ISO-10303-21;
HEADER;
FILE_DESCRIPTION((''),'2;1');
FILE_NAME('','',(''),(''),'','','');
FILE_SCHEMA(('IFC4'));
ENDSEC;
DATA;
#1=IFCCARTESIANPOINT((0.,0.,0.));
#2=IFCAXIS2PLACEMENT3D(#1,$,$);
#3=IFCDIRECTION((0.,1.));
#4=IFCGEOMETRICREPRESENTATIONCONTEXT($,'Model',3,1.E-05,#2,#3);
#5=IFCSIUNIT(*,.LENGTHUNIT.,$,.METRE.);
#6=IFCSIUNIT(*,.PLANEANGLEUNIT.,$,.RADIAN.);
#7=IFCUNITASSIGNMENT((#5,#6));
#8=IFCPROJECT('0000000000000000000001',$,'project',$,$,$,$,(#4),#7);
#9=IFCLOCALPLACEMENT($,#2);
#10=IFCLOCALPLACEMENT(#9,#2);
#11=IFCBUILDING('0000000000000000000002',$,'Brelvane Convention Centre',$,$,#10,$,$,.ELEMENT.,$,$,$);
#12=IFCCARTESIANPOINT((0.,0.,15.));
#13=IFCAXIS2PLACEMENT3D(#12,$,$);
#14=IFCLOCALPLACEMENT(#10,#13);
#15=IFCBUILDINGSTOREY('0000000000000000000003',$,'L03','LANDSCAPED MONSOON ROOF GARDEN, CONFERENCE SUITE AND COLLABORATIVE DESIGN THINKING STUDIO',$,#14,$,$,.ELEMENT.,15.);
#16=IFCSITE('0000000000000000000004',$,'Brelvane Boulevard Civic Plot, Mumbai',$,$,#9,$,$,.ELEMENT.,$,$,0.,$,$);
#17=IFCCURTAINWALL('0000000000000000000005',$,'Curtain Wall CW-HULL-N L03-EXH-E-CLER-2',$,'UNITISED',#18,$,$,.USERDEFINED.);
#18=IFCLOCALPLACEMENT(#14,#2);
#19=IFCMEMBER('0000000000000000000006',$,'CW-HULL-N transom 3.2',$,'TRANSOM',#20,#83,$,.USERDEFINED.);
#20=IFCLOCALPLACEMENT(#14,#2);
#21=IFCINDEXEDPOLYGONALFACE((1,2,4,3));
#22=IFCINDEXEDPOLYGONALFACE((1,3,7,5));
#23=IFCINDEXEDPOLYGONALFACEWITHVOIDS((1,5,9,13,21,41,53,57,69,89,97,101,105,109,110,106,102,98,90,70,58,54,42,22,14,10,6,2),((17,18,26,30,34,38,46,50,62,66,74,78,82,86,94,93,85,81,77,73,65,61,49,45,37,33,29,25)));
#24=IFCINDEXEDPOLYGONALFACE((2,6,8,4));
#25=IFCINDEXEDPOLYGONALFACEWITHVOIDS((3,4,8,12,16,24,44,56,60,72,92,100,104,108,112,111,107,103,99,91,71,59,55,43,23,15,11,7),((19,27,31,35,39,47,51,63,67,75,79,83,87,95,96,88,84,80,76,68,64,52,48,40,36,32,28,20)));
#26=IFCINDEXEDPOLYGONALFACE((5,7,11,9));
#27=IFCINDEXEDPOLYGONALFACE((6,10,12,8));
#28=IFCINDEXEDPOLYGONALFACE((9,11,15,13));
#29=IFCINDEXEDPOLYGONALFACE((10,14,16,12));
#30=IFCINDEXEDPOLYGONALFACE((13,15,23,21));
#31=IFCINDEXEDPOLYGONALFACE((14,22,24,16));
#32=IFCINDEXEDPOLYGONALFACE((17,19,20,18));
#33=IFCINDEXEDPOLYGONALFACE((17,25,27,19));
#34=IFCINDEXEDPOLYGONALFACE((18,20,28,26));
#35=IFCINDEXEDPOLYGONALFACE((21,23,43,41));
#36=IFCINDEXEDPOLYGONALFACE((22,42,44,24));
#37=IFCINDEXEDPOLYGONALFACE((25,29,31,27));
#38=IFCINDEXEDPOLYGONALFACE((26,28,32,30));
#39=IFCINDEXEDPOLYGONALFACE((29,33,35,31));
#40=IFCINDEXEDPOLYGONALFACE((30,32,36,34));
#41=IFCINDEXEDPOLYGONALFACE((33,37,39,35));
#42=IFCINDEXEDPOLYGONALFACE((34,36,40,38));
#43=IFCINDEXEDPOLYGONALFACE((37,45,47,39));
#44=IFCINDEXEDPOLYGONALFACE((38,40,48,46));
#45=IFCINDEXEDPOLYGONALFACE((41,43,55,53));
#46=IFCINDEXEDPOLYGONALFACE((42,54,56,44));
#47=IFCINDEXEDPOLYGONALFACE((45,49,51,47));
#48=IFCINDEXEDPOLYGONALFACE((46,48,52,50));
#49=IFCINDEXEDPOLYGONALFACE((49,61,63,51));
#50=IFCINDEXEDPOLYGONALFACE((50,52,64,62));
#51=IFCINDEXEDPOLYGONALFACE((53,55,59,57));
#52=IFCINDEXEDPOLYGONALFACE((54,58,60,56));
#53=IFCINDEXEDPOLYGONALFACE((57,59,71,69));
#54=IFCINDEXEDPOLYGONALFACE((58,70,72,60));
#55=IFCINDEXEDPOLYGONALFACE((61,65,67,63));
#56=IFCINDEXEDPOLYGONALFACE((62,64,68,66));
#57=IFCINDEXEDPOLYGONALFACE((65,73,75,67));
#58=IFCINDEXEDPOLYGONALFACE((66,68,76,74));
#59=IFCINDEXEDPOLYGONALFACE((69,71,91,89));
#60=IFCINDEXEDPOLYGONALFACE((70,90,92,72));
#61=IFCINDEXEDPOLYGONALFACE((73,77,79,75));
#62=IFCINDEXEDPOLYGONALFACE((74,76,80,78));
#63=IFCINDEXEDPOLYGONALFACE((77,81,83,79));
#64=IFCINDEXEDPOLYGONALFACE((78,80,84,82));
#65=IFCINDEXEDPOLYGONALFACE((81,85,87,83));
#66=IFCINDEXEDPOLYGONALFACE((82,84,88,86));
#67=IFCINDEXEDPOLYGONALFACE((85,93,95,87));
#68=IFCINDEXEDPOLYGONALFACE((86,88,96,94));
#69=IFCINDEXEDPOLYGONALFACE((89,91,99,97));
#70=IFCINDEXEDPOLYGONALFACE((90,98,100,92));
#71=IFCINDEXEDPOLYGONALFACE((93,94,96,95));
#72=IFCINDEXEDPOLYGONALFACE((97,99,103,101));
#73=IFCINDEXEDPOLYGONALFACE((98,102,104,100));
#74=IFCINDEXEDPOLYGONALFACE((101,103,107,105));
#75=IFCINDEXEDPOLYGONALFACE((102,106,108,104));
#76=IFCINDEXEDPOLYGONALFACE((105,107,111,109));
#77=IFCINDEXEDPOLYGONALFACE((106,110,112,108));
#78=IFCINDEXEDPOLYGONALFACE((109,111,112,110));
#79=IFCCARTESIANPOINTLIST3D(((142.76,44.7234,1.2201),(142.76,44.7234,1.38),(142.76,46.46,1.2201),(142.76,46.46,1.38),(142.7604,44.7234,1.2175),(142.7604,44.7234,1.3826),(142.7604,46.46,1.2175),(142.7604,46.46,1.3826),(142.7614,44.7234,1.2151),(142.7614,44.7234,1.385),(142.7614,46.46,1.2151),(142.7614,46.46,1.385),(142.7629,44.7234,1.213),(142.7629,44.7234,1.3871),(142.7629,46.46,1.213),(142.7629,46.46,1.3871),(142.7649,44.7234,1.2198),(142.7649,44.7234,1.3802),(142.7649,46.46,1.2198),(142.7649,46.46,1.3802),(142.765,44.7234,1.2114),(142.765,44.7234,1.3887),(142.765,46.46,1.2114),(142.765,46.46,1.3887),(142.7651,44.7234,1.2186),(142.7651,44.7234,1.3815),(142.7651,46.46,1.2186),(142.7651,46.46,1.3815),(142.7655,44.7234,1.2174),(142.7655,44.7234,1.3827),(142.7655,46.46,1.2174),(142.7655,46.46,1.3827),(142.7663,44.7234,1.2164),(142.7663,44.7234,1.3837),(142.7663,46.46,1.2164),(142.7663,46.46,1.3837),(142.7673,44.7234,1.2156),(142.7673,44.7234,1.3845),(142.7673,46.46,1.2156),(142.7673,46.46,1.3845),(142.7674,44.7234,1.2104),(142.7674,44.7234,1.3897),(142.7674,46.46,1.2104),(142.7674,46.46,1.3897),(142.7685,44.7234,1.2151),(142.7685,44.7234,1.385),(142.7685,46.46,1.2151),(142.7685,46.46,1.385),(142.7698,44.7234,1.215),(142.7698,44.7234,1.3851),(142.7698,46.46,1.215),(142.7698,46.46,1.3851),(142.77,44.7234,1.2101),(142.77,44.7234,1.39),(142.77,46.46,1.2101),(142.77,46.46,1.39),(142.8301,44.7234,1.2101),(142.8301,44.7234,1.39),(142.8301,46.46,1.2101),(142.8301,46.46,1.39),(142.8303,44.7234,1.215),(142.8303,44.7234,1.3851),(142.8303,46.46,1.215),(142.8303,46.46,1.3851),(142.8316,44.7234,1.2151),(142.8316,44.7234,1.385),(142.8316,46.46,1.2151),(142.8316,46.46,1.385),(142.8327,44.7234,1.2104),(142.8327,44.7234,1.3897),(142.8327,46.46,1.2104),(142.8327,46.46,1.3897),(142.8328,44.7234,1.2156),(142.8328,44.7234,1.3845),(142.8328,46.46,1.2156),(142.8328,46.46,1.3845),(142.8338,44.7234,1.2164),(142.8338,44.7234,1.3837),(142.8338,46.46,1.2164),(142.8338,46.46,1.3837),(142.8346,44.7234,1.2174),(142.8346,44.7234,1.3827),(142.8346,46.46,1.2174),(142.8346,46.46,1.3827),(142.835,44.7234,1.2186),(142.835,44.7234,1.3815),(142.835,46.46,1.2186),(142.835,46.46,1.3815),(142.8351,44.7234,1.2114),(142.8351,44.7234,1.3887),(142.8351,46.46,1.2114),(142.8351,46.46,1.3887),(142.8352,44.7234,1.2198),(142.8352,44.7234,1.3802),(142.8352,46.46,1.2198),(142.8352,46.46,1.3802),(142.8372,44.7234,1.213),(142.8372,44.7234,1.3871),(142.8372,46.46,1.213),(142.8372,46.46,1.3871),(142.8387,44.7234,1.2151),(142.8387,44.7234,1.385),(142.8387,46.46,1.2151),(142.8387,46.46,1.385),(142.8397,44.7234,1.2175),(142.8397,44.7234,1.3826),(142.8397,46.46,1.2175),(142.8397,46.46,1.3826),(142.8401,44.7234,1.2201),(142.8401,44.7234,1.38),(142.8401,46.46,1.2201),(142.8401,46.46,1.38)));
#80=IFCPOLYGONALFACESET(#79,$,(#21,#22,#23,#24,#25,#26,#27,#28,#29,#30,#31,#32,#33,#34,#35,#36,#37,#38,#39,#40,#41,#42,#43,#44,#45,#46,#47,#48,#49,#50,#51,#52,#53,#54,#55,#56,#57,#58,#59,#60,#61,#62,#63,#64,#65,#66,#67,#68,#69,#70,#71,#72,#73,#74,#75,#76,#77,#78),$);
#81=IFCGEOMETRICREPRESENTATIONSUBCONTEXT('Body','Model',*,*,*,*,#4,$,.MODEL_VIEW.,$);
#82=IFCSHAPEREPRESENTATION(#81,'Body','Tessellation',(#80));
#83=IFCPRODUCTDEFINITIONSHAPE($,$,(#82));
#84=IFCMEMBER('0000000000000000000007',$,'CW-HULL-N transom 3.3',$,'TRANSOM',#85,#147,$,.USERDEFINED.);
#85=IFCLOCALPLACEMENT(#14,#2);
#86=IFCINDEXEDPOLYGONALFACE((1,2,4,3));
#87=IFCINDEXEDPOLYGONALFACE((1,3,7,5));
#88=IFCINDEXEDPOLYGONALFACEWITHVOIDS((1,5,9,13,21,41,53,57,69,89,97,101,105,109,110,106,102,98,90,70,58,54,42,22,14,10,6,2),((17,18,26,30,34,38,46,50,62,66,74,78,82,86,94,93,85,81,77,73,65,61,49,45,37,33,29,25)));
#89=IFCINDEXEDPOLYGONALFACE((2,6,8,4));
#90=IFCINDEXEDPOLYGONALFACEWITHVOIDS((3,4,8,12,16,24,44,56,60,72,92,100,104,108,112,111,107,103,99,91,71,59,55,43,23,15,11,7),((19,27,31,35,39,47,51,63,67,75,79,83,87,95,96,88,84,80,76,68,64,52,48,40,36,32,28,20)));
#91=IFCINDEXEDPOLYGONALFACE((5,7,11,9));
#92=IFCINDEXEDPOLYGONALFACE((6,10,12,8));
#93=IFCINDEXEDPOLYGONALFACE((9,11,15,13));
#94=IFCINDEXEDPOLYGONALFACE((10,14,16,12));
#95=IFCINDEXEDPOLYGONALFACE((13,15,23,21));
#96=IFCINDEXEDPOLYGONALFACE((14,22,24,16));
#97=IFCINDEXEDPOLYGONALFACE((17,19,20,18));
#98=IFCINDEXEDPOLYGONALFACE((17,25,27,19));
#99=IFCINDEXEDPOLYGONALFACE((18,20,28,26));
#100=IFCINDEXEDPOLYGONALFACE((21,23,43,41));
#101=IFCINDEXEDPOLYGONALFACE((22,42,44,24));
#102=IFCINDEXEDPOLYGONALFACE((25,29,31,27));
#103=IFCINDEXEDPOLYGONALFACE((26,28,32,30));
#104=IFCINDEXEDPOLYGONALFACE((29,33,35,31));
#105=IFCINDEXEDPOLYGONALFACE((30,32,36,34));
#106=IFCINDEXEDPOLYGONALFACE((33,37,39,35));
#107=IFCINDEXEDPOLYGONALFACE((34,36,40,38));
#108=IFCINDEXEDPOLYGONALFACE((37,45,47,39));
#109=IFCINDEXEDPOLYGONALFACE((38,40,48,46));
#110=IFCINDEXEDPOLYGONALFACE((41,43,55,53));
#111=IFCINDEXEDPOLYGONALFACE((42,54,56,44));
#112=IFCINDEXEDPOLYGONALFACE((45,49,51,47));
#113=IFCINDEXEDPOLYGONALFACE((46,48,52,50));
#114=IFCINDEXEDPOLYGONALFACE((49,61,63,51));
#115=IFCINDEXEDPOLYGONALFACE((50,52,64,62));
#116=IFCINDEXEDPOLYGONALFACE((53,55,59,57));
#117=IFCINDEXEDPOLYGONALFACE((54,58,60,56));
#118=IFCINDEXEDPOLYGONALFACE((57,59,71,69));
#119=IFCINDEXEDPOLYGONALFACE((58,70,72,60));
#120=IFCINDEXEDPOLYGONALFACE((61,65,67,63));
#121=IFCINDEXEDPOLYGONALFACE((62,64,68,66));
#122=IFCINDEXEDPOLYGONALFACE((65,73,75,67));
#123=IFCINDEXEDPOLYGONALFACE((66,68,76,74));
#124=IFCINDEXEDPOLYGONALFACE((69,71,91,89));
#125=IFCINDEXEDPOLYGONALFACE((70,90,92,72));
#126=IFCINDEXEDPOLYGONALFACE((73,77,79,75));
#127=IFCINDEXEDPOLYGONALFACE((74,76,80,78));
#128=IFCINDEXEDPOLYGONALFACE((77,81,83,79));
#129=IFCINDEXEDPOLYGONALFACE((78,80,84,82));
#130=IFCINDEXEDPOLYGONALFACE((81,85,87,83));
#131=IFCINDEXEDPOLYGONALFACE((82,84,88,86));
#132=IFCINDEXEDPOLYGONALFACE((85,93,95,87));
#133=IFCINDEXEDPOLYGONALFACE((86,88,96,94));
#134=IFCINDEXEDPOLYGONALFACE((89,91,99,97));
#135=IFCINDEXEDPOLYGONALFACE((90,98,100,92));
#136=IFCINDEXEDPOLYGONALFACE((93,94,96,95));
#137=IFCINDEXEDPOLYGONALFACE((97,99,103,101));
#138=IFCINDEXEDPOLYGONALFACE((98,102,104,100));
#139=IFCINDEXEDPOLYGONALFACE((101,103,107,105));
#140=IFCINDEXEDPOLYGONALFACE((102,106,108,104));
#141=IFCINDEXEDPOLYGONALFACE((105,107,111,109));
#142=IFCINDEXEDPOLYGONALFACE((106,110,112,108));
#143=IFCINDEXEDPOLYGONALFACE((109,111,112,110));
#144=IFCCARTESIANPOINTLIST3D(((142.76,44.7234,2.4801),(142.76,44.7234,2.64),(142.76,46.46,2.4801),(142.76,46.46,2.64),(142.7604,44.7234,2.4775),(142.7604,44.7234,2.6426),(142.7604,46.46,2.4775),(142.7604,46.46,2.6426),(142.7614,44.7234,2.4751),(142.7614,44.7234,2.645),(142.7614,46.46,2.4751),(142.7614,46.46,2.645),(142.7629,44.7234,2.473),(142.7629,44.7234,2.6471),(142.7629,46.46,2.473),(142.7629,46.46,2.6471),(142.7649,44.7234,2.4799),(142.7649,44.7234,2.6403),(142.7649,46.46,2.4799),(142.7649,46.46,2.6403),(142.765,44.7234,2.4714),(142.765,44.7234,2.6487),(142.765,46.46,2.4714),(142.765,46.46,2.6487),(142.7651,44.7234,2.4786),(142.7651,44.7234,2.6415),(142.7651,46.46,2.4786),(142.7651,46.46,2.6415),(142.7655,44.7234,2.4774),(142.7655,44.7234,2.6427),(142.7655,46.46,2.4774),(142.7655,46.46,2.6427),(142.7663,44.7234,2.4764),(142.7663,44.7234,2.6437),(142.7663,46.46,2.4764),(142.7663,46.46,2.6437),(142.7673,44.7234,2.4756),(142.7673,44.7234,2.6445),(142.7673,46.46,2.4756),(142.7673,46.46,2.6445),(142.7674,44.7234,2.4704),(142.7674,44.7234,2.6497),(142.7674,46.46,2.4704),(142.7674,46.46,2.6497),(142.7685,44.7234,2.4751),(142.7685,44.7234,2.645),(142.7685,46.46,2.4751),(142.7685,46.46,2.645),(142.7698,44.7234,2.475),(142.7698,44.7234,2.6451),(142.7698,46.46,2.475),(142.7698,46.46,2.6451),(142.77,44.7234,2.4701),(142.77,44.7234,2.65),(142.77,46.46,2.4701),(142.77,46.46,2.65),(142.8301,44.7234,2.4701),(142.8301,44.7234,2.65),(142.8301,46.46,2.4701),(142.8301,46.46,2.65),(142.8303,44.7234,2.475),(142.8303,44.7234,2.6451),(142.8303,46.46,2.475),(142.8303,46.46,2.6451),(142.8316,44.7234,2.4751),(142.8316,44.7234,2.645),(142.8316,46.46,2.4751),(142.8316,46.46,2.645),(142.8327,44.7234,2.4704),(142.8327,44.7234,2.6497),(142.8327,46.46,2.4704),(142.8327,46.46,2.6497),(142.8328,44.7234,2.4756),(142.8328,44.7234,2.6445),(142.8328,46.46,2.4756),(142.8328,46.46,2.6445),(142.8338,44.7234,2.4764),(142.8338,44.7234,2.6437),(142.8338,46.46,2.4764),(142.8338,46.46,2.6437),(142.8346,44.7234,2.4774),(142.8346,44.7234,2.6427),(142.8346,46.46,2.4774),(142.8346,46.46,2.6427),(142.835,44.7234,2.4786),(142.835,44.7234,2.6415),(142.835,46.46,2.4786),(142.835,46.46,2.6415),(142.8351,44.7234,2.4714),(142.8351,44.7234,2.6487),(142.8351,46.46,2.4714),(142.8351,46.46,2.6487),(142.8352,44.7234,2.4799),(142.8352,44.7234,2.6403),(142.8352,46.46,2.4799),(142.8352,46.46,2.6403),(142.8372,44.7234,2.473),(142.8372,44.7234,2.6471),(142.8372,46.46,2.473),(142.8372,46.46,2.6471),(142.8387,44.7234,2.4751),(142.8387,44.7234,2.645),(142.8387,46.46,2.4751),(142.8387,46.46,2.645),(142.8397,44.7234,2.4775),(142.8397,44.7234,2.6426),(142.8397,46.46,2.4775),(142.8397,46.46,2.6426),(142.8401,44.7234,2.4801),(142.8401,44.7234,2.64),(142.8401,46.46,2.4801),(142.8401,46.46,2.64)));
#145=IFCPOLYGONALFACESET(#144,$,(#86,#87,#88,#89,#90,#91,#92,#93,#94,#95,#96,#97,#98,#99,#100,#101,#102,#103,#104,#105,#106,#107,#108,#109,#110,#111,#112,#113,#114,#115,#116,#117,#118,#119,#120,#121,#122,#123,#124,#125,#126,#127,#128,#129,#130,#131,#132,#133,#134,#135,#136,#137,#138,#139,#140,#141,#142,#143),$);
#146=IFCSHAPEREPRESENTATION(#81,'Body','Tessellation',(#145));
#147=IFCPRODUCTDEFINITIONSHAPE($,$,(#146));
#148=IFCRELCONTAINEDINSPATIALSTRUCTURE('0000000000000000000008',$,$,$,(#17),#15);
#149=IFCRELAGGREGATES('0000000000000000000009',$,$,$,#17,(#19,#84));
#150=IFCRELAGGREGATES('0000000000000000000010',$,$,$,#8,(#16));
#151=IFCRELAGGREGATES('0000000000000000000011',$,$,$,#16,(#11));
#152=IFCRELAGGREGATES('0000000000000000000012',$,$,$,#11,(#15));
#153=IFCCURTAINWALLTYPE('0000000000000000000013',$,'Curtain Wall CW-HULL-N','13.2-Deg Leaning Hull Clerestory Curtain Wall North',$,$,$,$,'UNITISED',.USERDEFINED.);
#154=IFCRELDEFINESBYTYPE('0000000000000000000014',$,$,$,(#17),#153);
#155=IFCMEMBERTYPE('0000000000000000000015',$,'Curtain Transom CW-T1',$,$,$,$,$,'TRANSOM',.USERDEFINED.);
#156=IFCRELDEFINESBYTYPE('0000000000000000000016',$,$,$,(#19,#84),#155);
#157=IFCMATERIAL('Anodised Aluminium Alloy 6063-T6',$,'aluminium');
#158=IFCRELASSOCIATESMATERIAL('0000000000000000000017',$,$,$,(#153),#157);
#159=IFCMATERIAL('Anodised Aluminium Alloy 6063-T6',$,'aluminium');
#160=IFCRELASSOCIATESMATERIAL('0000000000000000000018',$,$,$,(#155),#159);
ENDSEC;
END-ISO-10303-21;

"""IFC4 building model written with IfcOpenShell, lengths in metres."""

from ifc_helpers import new_model, si_unit, direction, frame, origin, origin_2d, place, context, subcontext, project, spatial, hollow_rectangle, extrude, material, material_profile, profile_set, type_object, element, aggregate, save


model = new_model("IFC4")

# Units and contexts
model_context = context("Model", 3, precision=1e-05, world=origin(), true_north=direction((0.0, 1.0)))
body_context = subcontext(model_context, "Body", "Model", "MODEL_VIEW")
ifc_project = project(units=[si_unit("LENGTHUNIT", "METRE"), si_unit("PLANEANGLEUNIT", "RADIAN")], contexts=[model_context])

# Site, building, storey
site_placement = place(None, origin())
site = spatial("IfcSite", under=ifc_project, at=site_placement, Name="Brelvane Boulevard Civic Plot, Mumbai", CompositionType="ELEMENT", RefElevation=0.0)
building_placement = place(site_placement, origin())
building = spatial("IfcBuilding", under=site, at=building_placement, Name="Brelvane Convention Centre", CompositionType="ELEMENT")
storey_placement = place(building_placement, frame((0.0, 0.0, 15.0)))
storey = spatial("IfcBuildingStorey", under=building, at=storey_placement, Name="L03", Description="LANDSCAPED MONSOON ROOF GARDEN, CONFERENCE SUITE AND COLLABORATIVE DESIGN THINKING STUDIO", CompositionType="ELEMENT", Elevation=15.0)

# Curtain wall, members
ifc_material_1 = material(Name="Anodised Aluminium Alloy 6063-T6", Category="aluminium")
curtain_wall_type = type_object("IfcCurtainWallType", Name="Curtain Wall CW-HULL-N", Description="13.2-Deg Leaning Hull Clerestory Curtain Wall North", ElementType="UNITISED", PredefinedType="USERDEFINED", material=ifc_material_1)
curtain_wall_placement = place(storey_placement, origin())
curtain_wall = element("IfcCurtainWall", 1, at=curtain_wall_placement, inside=storey, type_object=curtain_wall_type, Name="Curtain Wall CW-HULL-N L03-EXH-E-CLER-2", ObjectType="UNITISED", PredefinedType="USERDEFINED")
ifc_material_2 = material(Name="Anodised Aluminium Alloy 6063-T6", Category="aluminium")
ifc_material_profile_1 = material_profile(ifc_material_2, hollow_rectangle(XDim=0.0801, YDim=0.1799, WallThickness=0.0049, InnerFilletRadius=0.0049, OuterFilletRadius=0.01, at=origin_2d()), Name="ALU-T 180x80x5.0")
ifc_profile_set_1 = profile_set([ifc_material_profile_1], Name="Anodised Aluminium Alloy 6063-T6")
member_type_1 = type_object("IfcMemberType", Name="Curtain Transom CW-T1", ElementType="TRANSOM", PredefinedType="USERDEFINED", material=ifc_profile_set_1)
member_1_placement = place(storey_placement, frame((142.8, 44.7234, 1.3), z_axis=(0.0, 1.0, 0.0), x_axis=(-1.0, 0.0, 0.0)))
member_1 = element("IfcMember", 2, at=member_1_placement, type_object=member_type_1, Name="CW-HULL-N transom 3.2", ObjectType="TRANSOM", PredefinedType="USERDEFINED", context=body_context, shape_type="SweptSolid", body=[
    extrude(hollow_rectangle(XDim=0.0801, YDim=0.1799, WallThickness=0.0049, InnerFilletRadius=0.0049, OuterFilletRadius=0.01, at=origin_2d()), origin(), (0.0, 0.0, 1.0), 1.7366),
])
member_2_placement = place(storey_placement, frame((142.8, 44.7234, 2.5601), z_axis=(0.0, 1.0, 0.0), x_axis=(-1.0, 0.0, 0.0)))
member_2 = element("IfcMember", 3, at=member_2_placement, type_object=member_type_1, Name="CW-HULL-N transom 3.3", ObjectType="TRANSOM", PredefinedType="USERDEFINED", context=body_context, shape_type="SweptSolid", body=[
    extrude(hollow_rectangle(XDim=0.0801, YDim=0.1799, WallThickness=0.0049, InnerFilletRadius=0.0049, OuterFilletRadius=0.01, at=origin_2d()), origin(), (0.0, 0.0, 1.0), 1.7366),
])
aggregate(curtain_wall, [member_1, member_2])

save(model, "model.ifc")
